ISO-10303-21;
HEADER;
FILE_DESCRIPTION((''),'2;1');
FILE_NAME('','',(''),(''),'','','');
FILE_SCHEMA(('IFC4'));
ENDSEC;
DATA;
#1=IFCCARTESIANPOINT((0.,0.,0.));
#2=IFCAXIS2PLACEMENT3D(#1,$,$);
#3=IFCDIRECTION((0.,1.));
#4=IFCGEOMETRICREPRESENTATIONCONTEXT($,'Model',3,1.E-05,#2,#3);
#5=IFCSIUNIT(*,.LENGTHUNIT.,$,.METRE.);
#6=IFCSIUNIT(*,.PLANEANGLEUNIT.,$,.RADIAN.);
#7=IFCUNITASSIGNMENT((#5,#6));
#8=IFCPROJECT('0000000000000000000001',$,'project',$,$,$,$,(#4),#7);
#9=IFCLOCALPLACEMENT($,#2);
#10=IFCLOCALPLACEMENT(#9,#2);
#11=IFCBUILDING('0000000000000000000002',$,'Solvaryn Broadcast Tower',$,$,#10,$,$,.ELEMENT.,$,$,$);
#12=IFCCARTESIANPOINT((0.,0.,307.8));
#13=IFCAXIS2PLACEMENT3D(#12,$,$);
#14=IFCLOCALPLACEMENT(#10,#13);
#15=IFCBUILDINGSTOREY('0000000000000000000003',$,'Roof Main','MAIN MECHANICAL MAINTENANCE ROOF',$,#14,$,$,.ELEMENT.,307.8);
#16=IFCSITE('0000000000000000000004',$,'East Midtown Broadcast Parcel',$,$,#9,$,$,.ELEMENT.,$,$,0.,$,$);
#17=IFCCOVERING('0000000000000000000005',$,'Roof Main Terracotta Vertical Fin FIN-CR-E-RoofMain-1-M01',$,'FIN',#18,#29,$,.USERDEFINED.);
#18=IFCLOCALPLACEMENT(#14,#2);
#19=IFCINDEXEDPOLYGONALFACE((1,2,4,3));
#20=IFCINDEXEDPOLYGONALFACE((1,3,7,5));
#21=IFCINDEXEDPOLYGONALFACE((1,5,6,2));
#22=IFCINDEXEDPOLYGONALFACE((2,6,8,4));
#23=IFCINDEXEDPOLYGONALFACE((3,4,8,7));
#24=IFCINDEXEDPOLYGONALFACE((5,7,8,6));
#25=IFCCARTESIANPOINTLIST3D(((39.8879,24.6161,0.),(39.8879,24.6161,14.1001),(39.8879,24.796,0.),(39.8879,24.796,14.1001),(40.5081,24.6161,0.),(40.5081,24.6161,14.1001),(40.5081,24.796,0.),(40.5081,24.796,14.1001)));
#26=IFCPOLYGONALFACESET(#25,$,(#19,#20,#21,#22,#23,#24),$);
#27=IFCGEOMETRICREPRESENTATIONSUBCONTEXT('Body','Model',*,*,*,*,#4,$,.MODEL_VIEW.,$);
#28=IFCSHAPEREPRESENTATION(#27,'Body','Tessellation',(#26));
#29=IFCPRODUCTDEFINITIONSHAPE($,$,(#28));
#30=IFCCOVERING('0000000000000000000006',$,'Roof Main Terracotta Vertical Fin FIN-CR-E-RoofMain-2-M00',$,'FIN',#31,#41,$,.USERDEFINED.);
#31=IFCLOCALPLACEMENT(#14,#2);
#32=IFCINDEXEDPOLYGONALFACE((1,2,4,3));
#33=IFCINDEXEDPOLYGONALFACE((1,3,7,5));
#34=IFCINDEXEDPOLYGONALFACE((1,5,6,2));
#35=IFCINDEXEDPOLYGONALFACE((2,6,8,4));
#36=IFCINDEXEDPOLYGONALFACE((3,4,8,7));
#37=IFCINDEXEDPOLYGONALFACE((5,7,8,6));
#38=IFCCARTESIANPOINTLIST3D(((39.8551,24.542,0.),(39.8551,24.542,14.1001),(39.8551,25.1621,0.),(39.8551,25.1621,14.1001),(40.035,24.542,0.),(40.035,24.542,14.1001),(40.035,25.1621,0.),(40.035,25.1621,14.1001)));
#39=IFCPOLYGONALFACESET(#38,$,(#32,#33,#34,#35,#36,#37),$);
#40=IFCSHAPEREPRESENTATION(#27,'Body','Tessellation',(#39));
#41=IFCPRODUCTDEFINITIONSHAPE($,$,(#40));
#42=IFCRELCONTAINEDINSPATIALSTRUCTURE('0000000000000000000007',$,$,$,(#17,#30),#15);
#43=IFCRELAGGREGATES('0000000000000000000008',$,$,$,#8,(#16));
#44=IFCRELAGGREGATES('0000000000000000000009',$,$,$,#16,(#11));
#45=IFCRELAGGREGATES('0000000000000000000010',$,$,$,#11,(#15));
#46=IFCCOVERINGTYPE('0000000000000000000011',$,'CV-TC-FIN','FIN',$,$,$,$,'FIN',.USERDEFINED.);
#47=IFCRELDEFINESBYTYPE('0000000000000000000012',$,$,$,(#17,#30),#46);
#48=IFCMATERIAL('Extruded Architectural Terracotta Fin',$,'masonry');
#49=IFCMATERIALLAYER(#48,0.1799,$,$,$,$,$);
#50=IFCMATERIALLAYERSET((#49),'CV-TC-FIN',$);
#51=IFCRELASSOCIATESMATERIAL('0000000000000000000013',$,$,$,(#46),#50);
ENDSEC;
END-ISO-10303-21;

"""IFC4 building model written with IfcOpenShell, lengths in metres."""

from ifc_helpers import new_model, si_unit, direction, frame, origin, origin_2d, place, context, subcontext, project, spatial, rectangle, extrude, material, layer, layer_set, type_object, element, save


model = new_model("IFC4")

# Units and contexts
model_context = context("Model", 3, precision=1e-05, world=origin(), true_north=direction((0.0, 1.0)))
body_context = subcontext(model_context, "Body", "Model", "MODEL_VIEW")
ifc_project = project(units=[si_unit("LENGTHUNIT", "METRE"), si_unit("PLANEANGLEUNIT", "RADIAN")], contexts=[model_context])

# Site, building, storey
site_placement = place(None, origin())
site = spatial("IfcSite", under=ifc_project, at=site_placement, Name="East Midtown Broadcast Parcel", CompositionType="ELEMENT", RefElevation=0.0)
building_placement = place(site_placement, origin())
building = spatial("IfcBuilding", under=site, at=building_placement, Name="Solvaryn Broadcast Tower", CompositionType="ELEMENT")
storey_placement = place(building_placement, frame((0.0, 0.0, 307.8)))
storey = spatial("IfcBuildingStorey", under=building, at=storey_placement, Name="Roof Main", Description="MAIN MECHANICAL MAINTENANCE ROOF", CompositionType="ELEMENT", Elevation=307.8)

# Coverings
ifc_material_1 = material(Name="Extruded Architectural Terracotta Fin", Category="masonry")
ifc_layer_1 = layer(ifc_material_1, 0.1799)
ifc_layer_set_1 = layer_set([ifc_layer_1], Name="CV-TC-FIN")
covering_type = type_object("IfcCoveringType", Name="CV-TC-FIN", Description="FIN", ElementType="FIN", PredefinedType="USERDEFINED", material=ifc_layer_set_1)
for number, where, z_axis, x_axis, name in (
    (1, (40.198, 24.7061, 0.0), (0.0, 0.0, 1.0), (1.0, 0.0, 0.0), "Roof Main Terracotta Vertical Fin FIN-CR-E-RoofMain-1-M01"),
):
    element("IfcCovering", number, at=place(storey_placement, frame(where, z_axis=z_axis, x_axis=x_axis)), inside=storey, type_object=covering_type, Name=name, ObjectType="FIN", PredefinedType="USERDEFINED", context=body_context, shape_type="SweptSolid", body=[
        extrude(rectangle(XDim=0.6201, YDim=0.1799, at=origin_2d()), origin(), (0.0, 0.0, 1.0), 14.1001),
    ])
covering_placement = place(storey_placement, frame((39.9451, 24.8521, 0.0), z_axis=(0.0, 0.0, 1.0), x_axis=(1.0, 0.0, 0.0)))
element("IfcCovering", 2, at=covering_placement, inside=storey, type_object=covering_type, Name="Roof Main Terracotta Vertical Fin FIN-CR-E-RoofMain-2-M00", ObjectType="FIN", PredefinedType="USERDEFINED", context=body_context, shape_type="SweptSolid", body=[
    extrude(rectangle(XDim=0.1799, YDim=0.6201, at=origin_2d()), origin(), (0.0, 0.0, 1.0), 14.1001),
])

save(model, "model.ifc")
